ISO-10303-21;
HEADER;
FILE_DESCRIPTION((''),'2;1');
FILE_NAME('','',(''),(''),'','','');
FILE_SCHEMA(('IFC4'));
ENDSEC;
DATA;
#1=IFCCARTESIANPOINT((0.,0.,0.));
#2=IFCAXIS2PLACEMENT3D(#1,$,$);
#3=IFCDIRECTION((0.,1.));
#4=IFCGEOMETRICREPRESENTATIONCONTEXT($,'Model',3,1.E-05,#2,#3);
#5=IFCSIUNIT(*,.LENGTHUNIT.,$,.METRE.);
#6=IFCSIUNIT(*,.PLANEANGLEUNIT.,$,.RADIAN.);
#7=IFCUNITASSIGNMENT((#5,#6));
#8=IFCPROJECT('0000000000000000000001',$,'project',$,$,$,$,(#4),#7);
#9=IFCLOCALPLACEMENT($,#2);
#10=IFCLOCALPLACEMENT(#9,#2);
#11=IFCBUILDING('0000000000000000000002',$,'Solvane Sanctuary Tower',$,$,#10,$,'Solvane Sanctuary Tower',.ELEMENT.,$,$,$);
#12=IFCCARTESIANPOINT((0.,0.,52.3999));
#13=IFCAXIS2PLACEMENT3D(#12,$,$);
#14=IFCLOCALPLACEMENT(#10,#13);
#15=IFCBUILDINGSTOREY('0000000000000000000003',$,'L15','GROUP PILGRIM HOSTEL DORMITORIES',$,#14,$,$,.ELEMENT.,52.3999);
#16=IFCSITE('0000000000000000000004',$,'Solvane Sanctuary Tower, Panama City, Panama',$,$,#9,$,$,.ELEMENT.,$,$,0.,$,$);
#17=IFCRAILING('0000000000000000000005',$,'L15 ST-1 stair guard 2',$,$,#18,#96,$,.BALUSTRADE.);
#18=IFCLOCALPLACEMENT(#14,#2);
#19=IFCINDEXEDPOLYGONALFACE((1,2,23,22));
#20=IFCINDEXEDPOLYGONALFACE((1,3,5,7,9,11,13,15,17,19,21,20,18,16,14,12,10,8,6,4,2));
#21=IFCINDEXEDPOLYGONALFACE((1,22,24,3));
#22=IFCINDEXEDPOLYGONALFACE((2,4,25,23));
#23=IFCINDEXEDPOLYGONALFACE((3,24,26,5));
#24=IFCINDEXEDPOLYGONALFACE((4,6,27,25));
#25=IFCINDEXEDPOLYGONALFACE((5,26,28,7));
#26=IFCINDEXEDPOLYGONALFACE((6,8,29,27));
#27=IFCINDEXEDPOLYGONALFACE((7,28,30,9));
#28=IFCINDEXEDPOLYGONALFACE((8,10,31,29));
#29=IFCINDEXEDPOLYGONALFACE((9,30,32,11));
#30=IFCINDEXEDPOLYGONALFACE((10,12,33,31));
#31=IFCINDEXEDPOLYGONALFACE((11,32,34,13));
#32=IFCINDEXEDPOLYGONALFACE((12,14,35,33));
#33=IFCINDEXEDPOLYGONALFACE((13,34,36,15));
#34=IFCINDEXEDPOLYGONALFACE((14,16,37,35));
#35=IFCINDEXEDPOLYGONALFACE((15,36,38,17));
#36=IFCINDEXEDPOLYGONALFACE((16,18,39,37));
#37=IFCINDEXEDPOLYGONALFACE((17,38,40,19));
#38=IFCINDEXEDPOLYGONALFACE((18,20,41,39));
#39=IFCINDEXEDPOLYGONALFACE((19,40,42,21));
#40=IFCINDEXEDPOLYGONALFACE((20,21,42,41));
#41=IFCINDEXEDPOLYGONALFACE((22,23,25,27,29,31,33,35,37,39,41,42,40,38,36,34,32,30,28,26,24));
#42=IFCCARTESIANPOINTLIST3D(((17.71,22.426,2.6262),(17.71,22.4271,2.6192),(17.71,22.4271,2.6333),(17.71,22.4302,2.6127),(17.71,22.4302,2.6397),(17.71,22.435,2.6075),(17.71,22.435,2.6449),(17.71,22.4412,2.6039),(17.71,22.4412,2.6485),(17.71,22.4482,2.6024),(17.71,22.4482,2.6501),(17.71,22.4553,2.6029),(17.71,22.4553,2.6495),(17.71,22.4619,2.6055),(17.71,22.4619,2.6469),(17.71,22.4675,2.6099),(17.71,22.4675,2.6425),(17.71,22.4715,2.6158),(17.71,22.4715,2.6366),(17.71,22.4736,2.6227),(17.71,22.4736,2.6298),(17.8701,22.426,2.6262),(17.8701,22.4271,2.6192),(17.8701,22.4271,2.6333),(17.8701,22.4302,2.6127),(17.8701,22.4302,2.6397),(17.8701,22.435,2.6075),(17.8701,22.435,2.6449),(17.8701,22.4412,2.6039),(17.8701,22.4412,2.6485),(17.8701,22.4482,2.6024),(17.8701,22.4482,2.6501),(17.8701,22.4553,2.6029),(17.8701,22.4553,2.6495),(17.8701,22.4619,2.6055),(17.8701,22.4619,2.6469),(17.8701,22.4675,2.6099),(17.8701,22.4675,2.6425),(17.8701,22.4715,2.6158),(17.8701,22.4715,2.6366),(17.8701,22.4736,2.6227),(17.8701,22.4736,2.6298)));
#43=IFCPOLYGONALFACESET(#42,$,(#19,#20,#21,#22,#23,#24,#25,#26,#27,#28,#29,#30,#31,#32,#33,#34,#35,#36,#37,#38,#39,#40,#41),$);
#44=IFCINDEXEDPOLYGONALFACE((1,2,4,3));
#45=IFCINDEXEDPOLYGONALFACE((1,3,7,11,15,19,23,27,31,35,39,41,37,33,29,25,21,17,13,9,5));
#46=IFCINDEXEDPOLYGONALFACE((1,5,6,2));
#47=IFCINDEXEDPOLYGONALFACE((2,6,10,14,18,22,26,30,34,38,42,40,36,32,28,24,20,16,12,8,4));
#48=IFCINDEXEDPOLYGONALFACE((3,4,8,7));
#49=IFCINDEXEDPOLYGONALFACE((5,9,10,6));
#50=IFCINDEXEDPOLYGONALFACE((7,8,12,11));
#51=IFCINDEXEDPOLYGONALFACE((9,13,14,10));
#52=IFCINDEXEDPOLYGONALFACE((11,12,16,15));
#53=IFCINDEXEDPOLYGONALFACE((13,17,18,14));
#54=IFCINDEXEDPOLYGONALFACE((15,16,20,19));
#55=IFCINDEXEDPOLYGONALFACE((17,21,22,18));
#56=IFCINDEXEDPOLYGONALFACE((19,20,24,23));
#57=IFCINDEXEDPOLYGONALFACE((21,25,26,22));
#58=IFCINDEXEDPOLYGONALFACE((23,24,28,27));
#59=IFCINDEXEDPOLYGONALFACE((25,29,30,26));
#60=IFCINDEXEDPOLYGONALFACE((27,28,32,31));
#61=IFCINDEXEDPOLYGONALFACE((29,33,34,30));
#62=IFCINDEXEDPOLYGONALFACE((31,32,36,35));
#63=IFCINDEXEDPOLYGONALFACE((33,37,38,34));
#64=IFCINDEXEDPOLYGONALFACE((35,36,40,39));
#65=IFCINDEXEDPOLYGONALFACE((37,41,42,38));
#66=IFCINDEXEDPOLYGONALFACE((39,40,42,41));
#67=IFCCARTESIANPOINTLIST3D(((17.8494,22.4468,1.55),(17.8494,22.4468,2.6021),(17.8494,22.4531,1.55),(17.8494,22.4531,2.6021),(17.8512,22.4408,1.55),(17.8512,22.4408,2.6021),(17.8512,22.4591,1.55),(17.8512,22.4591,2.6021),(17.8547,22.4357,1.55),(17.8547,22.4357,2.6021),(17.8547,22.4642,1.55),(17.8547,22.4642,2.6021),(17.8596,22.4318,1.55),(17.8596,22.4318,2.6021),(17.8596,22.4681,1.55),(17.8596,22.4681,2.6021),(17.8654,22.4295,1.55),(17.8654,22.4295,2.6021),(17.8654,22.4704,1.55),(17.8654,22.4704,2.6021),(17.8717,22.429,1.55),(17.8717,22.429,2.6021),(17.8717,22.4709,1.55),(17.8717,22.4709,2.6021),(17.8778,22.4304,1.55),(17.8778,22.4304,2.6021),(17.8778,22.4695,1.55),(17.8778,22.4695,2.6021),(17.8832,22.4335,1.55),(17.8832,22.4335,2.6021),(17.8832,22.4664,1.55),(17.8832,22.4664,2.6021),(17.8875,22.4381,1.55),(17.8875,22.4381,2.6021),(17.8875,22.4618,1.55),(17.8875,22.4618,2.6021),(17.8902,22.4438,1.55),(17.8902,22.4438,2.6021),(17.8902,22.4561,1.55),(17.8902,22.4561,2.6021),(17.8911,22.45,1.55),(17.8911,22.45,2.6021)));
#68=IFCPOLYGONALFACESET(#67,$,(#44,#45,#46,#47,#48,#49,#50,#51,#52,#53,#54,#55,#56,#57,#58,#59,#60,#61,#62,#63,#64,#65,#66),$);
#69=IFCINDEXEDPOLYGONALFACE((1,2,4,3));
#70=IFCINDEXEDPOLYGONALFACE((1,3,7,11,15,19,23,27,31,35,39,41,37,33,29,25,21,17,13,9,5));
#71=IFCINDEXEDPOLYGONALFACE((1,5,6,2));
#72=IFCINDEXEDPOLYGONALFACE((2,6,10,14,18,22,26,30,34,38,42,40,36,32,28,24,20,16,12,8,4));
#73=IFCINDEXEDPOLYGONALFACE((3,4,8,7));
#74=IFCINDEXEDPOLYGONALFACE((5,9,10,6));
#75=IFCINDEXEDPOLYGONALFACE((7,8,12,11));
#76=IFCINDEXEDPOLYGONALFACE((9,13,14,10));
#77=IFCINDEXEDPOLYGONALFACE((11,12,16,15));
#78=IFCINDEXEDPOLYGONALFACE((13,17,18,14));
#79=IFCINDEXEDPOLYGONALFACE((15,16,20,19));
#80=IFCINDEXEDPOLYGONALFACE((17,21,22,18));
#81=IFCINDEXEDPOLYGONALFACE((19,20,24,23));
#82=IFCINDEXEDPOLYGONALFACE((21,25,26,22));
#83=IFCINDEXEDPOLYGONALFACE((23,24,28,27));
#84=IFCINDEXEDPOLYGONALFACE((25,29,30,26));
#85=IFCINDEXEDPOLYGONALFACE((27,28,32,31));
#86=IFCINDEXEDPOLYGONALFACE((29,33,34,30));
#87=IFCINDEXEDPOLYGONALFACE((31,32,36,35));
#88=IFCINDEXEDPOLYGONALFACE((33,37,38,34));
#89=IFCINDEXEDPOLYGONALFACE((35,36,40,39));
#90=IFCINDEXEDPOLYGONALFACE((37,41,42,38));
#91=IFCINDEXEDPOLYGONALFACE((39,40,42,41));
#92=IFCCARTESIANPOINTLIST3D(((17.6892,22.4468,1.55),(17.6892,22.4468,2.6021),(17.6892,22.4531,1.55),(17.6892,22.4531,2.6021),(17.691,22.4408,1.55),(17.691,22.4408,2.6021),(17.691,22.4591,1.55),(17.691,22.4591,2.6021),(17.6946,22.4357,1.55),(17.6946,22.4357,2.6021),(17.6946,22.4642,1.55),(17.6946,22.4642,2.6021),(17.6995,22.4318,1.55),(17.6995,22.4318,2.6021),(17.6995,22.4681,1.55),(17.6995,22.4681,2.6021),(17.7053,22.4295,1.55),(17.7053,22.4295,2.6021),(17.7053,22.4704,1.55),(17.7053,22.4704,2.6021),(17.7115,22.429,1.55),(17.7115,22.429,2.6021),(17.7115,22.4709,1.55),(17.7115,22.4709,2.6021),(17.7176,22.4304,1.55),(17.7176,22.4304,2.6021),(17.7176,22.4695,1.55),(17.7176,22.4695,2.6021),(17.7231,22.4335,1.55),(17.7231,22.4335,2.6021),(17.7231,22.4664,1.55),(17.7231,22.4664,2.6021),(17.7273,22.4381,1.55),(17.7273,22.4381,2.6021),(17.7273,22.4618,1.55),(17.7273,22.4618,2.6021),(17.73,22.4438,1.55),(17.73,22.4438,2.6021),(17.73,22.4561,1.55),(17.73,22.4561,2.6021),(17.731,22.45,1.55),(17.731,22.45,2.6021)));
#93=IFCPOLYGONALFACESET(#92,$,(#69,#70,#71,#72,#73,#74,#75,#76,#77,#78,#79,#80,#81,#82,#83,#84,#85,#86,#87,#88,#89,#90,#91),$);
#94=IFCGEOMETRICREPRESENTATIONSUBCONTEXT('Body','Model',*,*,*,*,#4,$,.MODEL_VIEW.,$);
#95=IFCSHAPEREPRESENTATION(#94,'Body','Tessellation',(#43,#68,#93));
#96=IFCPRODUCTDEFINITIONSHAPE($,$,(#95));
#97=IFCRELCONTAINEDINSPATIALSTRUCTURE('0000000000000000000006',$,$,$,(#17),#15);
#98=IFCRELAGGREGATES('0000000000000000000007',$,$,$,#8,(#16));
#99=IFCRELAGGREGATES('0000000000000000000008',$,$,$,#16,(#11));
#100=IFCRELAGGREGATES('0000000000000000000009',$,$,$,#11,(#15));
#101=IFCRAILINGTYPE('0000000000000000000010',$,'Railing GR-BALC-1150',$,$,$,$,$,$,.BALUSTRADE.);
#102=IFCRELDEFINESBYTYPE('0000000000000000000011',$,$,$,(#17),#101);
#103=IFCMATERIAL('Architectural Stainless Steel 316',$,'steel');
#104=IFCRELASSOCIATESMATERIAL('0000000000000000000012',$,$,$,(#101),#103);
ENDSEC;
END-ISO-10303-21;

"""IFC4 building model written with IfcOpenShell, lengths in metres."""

from ifc_helpers import new_model, si_unit, direction, frame, origin, origin_2d, place, context, subcontext, project, spatial, circle, extrude, material, type_object, element, save


model = new_model("IFC4")

# Units and contexts
model_context = context("Model", 3, precision=1e-05, world=origin(), true_north=direction((0.0, 1.0)))
body_context = subcontext(model_context, "Body", "Model", "MODEL_VIEW")
ifc_project = project(units=[si_unit("LENGTHUNIT", "METRE"), si_unit("PLANEANGLEUNIT", "RADIAN")], contexts=[model_context])

# Site, building, storey
site_placement = place(None, origin())
site = spatial("IfcSite", under=ifc_project, at=site_placement, Name="Solvane Sanctuary Tower, Panama City, Panama", CompositionType="ELEMENT", RefElevation=0.0)
building_placement = place(site_placement, origin())
building = spatial("IfcBuilding", under=site, at=building_placement, Name="Solvane Sanctuary Tower", LongName="Solvane Sanctuary Tower", CompositionType="ELEMENT")
storey_placement = place(building_placement, frame((0.0, 0.0, 52.3999)))
storey = spatial("IfcBuildingStorey", under=building, at=storey_placement, Name="L15", Description="GROUP PILGRIM HOSTEL DORMITORIES", CompositionType="ELEMENT", Elevation=52.3999)

# Shared definitions
ifc_material_1 = material(Name="Architectural Stainless Steel 316", Category="steel")

# Railing
railing_type_1 = type_object("IfcRailingType", Name="Railing GR-BALC-1150", PredefinedType="BALUSTRADE", material=ifc_material_1)
railing_1_placement = place(storey_placement, frame((17.8701, 22.45, 1.55)))
element("IfcRailing", 1, at=railing_1_placement, inside=storey, type_object=railing_type_1, Name="L15 ST-1 stair guard 2", PredefinedType="BALUSTRADE", context=body_context, shape_type="SweptSolid", body=[
    extrude(circle(Radius=0.0239, at=origin_2d()), frame((0.0, 0.0, 1.0762), z_axis=(-1.0, 0.0, 0.0), x_axis=(0.0, -1.0, 0.0)), (0.0, 0.0, 1.0), 0.1602),
    extrude(circle(Radius=0.021, at=origin_2d()), origin(), (0.0, 0.0, 1.0), 1.052),
    extrude(circle(Radius=0.021, at=origin_2d()), frame((-0.1602, 0.0, 0.0)), (0.0, 0.0, 1.0), 1.052),
])

save(model, "model.ifc")
